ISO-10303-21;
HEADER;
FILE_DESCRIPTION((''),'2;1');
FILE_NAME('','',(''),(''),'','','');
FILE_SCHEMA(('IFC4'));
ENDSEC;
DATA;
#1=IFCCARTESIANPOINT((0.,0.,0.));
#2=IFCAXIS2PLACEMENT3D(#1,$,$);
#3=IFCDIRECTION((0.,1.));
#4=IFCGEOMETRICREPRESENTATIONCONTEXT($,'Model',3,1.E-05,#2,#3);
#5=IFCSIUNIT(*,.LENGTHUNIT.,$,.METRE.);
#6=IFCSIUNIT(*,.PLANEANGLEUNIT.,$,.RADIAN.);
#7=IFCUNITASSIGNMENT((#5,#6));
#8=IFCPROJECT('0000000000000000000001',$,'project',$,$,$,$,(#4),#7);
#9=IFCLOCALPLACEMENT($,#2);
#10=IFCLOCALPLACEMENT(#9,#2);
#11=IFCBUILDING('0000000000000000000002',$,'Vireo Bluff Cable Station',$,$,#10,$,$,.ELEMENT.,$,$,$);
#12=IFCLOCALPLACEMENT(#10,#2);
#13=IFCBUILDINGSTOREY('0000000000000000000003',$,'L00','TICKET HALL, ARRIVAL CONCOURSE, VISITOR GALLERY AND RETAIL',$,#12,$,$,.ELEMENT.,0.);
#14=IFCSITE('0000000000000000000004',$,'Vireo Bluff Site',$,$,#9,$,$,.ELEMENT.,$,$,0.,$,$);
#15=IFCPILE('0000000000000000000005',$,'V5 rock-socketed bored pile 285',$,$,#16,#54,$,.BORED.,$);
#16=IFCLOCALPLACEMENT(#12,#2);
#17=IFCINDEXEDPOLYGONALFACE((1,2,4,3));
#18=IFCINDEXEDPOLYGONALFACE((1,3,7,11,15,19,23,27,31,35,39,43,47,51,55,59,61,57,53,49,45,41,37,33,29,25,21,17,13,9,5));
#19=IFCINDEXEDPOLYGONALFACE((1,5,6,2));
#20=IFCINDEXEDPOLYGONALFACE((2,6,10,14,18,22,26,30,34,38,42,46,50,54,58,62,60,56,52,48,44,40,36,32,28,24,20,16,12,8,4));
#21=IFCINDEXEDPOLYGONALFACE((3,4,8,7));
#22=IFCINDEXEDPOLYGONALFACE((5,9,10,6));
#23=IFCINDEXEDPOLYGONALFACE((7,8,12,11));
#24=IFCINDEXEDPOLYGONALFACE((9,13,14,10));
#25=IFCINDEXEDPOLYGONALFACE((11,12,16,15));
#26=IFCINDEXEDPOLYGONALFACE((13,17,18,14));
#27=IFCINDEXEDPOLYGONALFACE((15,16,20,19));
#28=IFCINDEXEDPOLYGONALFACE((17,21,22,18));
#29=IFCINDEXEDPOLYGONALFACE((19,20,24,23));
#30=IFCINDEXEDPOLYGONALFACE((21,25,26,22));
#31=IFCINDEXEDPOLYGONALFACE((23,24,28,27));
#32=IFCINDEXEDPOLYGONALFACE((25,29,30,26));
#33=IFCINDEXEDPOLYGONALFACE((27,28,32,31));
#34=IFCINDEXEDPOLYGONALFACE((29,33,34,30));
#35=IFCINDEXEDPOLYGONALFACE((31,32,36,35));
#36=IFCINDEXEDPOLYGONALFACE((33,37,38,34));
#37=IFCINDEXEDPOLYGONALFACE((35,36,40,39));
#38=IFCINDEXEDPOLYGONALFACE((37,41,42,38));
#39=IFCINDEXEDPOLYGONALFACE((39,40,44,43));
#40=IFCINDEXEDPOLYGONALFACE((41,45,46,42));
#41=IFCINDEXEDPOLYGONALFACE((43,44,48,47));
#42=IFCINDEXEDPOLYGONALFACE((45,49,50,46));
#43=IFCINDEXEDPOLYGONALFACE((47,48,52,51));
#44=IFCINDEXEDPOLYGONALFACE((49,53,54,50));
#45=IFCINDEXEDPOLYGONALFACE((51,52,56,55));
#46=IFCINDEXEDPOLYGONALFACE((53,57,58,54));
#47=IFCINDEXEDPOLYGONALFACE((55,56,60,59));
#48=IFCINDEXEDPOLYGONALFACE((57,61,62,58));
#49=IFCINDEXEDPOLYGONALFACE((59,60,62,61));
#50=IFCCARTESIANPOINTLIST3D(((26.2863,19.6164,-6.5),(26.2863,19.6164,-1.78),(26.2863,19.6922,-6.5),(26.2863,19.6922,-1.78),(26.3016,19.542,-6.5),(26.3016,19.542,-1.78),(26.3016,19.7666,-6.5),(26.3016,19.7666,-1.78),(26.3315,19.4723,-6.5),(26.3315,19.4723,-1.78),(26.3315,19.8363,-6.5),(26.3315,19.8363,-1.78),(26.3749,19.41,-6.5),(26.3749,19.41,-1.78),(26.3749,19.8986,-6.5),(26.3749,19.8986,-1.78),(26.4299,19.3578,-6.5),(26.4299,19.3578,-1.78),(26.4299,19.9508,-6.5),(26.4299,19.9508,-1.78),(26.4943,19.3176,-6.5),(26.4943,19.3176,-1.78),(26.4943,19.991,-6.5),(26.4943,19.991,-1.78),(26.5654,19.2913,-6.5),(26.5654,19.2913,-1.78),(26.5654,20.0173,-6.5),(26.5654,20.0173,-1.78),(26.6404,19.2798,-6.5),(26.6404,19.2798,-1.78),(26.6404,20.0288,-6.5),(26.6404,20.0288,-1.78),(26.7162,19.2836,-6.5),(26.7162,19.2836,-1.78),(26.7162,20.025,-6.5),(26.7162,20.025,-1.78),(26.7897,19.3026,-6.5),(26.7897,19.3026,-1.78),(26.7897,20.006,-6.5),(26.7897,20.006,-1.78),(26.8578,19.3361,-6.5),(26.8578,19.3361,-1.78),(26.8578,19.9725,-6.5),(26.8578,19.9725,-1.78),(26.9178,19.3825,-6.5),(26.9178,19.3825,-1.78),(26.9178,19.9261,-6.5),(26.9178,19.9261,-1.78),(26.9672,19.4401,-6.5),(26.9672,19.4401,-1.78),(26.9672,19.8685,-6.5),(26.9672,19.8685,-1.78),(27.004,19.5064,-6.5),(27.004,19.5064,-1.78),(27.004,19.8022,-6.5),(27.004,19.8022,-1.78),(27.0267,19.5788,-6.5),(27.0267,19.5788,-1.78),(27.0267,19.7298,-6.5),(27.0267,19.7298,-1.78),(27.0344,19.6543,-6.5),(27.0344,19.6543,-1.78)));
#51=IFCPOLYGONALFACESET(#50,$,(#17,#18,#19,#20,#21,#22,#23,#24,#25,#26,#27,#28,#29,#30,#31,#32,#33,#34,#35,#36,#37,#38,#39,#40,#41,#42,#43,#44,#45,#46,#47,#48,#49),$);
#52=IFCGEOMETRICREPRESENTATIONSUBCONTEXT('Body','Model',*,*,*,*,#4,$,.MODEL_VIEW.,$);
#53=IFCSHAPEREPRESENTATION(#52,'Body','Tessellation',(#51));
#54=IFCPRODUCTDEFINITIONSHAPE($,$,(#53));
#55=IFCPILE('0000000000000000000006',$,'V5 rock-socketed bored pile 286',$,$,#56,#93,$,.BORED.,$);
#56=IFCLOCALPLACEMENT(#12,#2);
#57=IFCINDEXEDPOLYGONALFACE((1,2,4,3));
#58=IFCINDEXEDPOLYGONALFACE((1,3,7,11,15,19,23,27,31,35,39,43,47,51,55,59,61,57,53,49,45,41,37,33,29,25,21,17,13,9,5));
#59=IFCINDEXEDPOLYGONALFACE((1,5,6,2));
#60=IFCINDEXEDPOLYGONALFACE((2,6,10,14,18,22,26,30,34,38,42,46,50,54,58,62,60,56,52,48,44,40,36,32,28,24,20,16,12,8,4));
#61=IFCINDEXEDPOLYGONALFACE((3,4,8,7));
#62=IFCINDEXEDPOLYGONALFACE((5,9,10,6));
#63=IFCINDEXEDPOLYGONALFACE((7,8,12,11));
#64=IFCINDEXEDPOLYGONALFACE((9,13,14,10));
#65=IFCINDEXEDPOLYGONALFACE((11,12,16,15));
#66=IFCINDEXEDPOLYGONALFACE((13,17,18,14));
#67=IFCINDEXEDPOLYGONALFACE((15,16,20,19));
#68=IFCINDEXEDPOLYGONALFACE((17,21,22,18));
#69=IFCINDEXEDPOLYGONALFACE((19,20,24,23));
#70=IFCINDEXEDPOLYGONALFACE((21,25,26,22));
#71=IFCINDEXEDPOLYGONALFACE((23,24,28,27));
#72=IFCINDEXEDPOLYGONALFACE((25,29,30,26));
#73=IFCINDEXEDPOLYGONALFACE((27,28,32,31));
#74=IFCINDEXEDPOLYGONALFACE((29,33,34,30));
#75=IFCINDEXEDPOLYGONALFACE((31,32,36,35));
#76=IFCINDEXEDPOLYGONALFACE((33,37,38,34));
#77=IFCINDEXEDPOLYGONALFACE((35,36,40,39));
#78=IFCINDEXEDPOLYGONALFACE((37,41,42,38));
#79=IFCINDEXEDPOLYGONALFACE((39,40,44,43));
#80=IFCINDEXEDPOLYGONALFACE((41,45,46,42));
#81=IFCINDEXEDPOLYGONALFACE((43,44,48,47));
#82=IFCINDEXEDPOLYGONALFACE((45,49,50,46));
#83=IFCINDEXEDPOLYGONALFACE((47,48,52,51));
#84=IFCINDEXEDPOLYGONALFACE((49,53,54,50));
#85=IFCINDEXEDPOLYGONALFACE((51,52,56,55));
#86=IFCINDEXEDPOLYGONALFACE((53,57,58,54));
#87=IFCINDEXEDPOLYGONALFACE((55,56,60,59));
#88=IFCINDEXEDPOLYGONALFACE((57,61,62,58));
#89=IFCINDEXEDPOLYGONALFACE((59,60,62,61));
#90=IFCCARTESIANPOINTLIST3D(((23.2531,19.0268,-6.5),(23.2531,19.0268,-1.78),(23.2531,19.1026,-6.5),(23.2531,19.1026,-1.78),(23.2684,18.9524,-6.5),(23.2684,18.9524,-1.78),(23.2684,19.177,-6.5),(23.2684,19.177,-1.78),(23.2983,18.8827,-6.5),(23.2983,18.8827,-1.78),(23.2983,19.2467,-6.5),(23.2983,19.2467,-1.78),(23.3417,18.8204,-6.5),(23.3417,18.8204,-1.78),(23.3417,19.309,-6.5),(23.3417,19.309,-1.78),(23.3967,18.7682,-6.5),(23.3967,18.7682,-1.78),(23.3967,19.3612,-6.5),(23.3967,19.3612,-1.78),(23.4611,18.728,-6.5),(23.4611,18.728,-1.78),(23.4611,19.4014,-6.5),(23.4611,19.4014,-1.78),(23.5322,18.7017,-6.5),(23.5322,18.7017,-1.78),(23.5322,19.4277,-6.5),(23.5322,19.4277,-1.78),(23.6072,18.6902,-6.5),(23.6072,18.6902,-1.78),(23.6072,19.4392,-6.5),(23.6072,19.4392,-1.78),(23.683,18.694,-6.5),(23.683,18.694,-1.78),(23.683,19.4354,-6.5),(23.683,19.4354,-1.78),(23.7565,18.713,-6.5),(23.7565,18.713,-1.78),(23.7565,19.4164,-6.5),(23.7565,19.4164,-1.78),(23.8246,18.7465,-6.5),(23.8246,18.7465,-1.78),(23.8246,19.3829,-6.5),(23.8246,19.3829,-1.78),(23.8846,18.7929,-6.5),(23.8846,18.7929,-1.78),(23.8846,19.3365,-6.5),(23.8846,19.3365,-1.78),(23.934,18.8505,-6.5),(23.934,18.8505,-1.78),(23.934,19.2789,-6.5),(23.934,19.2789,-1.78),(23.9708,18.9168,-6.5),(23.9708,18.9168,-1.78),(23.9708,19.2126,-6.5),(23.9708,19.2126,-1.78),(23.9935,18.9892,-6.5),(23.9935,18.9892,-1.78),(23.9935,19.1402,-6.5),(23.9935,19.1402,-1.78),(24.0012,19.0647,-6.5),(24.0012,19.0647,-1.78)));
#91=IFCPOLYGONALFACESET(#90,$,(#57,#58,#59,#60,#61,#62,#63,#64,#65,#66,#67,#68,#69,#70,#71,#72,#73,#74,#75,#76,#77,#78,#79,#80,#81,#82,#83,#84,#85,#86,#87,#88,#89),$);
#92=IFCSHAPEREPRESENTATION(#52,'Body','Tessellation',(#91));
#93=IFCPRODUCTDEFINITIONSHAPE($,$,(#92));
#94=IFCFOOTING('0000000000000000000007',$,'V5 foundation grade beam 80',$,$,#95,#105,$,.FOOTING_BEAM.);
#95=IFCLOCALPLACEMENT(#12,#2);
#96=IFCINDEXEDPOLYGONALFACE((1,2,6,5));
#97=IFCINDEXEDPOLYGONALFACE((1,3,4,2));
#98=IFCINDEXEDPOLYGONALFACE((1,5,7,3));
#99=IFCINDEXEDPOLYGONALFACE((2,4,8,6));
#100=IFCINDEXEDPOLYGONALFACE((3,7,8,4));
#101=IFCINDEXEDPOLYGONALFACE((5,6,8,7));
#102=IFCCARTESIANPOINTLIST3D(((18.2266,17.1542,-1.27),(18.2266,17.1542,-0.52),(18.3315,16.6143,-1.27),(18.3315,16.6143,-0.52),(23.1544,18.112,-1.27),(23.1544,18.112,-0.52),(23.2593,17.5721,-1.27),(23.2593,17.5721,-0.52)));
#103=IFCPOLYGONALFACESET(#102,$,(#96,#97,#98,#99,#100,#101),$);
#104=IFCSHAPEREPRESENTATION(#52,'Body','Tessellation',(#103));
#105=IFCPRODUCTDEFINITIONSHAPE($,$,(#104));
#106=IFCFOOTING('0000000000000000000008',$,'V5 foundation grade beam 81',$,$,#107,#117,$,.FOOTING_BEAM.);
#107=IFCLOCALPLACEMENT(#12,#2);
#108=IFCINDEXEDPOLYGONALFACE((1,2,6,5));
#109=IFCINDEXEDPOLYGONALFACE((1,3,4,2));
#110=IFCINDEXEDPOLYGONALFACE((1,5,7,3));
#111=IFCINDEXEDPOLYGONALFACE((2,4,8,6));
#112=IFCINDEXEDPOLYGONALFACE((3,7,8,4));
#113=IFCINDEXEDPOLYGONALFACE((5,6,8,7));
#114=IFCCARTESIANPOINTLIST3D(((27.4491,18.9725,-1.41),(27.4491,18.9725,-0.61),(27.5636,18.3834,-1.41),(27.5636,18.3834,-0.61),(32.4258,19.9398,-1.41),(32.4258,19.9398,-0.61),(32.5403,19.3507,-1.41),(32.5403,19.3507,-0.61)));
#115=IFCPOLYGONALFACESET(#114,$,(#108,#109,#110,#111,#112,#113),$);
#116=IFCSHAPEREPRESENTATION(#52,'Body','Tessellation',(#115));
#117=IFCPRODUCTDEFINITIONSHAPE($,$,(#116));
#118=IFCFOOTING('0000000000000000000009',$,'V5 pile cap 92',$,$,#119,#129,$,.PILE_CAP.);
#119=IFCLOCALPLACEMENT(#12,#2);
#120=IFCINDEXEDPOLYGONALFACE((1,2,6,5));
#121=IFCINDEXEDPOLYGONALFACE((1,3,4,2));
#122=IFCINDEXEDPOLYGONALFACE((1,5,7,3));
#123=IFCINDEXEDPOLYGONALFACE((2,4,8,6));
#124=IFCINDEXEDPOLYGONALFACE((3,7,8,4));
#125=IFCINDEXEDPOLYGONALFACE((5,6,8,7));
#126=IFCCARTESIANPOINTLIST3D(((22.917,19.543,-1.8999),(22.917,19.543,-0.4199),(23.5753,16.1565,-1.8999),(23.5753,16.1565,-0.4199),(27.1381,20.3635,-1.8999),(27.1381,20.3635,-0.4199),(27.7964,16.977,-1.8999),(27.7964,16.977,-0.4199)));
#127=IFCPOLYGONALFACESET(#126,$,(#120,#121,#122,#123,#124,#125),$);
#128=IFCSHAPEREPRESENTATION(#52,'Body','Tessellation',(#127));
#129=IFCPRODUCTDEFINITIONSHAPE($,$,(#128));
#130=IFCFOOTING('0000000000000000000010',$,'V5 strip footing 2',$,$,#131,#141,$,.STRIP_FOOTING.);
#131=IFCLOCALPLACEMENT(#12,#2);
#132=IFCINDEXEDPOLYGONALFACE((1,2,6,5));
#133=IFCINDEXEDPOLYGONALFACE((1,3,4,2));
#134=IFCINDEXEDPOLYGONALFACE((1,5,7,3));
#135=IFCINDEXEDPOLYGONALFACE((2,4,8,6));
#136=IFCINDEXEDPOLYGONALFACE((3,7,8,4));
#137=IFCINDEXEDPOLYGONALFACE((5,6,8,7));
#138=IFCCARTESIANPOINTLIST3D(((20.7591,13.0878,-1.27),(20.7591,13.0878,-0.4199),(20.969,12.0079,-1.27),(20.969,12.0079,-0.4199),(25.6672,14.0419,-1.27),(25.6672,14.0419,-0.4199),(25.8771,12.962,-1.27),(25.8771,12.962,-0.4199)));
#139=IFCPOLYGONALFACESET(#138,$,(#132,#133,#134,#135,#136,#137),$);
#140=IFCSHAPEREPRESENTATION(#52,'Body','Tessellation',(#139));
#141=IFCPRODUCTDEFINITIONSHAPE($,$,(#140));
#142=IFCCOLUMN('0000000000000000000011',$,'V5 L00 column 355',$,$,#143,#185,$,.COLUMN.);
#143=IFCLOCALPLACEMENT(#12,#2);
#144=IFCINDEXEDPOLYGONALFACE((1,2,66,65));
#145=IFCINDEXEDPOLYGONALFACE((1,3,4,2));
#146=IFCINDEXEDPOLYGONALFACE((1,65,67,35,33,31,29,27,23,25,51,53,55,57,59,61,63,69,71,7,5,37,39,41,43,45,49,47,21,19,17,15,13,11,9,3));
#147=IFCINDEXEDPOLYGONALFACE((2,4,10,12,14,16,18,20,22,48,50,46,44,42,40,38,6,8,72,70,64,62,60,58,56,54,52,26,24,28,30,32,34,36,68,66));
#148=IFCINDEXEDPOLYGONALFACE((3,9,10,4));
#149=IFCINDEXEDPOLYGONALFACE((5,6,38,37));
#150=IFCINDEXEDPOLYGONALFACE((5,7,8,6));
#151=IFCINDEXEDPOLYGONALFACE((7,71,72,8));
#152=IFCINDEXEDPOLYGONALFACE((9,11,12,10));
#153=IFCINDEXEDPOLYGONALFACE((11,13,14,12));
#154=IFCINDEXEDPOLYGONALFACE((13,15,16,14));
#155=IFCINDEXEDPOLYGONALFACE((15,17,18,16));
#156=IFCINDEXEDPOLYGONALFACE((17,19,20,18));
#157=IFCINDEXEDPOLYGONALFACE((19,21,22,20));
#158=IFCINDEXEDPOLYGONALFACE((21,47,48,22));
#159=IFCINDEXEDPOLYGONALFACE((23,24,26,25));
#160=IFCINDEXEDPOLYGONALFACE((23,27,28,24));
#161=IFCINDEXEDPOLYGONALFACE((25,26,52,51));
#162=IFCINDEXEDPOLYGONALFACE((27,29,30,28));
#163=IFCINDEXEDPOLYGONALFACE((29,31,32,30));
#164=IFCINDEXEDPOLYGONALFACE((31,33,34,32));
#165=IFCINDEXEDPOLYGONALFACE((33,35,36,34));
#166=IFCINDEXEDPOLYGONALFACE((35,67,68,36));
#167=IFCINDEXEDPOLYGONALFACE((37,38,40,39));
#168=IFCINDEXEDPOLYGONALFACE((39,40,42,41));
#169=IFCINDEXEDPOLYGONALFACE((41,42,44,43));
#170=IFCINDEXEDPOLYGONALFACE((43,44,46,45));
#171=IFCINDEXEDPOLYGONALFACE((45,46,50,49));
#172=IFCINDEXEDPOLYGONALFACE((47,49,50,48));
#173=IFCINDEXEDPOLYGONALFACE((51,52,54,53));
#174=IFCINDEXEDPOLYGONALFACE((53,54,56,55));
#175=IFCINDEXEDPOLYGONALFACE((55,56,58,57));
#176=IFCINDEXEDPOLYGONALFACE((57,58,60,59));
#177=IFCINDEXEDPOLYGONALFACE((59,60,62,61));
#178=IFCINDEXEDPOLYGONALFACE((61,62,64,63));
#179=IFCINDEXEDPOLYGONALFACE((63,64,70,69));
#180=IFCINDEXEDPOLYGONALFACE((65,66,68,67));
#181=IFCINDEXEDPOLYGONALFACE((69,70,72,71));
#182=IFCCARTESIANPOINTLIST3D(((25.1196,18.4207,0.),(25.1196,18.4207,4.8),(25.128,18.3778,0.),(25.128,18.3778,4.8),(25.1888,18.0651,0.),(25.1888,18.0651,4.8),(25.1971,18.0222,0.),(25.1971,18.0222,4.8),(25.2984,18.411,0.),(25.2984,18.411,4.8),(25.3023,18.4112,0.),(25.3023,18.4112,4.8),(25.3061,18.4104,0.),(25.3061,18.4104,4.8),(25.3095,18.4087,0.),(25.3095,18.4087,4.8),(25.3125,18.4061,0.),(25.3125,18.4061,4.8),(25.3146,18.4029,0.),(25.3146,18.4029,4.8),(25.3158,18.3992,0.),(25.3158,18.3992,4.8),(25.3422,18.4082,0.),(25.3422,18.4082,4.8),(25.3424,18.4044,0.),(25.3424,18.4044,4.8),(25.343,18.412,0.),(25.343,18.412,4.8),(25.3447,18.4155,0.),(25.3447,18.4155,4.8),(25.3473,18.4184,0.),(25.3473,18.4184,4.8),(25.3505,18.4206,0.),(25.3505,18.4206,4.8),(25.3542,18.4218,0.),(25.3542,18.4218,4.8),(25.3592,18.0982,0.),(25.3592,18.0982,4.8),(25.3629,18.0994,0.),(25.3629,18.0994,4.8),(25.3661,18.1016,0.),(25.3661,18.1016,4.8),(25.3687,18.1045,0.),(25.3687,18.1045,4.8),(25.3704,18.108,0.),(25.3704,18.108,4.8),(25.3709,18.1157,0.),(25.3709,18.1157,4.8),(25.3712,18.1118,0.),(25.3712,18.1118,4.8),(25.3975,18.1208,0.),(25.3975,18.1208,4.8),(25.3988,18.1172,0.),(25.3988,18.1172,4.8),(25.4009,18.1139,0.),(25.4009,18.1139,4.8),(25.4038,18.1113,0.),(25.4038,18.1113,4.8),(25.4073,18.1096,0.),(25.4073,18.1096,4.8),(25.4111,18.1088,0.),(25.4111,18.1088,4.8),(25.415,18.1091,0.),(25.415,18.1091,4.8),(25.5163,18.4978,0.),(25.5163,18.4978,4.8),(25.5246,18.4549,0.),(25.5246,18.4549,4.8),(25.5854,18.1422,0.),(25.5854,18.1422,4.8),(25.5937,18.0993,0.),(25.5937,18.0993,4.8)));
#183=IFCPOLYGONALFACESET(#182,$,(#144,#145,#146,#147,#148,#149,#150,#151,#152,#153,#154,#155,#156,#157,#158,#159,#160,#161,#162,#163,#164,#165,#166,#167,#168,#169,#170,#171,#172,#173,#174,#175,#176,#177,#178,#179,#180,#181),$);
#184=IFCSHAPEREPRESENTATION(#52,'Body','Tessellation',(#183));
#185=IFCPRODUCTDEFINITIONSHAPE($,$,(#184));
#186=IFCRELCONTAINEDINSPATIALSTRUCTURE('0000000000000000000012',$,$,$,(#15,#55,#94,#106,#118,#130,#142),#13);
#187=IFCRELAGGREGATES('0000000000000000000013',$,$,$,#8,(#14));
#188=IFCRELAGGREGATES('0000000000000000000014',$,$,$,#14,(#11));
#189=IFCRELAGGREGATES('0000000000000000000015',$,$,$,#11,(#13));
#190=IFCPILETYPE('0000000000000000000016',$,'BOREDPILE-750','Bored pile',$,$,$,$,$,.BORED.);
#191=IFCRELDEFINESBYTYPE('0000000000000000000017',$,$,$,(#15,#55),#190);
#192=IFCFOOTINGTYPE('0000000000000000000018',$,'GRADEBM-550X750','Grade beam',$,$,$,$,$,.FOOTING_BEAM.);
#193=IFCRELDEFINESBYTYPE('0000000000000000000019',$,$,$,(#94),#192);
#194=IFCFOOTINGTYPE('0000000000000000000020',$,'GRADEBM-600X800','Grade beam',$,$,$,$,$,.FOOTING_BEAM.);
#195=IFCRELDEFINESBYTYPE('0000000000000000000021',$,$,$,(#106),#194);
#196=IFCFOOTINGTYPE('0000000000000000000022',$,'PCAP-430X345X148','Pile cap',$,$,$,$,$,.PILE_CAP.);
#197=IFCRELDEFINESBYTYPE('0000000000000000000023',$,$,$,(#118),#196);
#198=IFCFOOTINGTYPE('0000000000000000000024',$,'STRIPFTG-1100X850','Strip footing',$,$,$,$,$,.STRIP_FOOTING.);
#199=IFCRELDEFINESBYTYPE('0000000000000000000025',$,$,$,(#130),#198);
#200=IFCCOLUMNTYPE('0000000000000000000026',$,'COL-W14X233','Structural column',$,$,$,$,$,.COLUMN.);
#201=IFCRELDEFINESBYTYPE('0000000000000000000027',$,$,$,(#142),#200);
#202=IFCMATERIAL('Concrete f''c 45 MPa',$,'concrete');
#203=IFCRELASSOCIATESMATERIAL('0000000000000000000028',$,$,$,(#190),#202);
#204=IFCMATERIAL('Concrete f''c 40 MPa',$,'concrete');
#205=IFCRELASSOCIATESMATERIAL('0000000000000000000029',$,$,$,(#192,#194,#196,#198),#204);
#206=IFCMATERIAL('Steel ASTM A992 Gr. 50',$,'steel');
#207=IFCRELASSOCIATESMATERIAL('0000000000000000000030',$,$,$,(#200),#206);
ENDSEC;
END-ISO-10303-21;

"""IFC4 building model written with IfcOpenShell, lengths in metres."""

from ifc_helpers import new_model, si_unit, direction, frame, origin, origin_2d, place, context, subcontext, project, spatial, rectangle, circle, i_section, extrude, material, material_profile, profile_set, type_object, element, save


model = new_model("IFC4")

# Units and contexts
model_context = context("Model", 3, precision=1e-05, world=origin(), true_north=direction((0.0, 1.0)))
body_context = subcontext(model_context, "Body", "Model", "MODEL_VIEW")
ifc_project = project(units=[si_unit("LENGTHUNIT", "METRE"), si_unit("PLANEANGLEUNIT", "RADIAN")], contexts=[model_context])

# Site, building, storey
site_placement = place(None, origin())
site = spatial("IfcSite", under=ifc_project, at=site_placement, Name="Vireo Bluff Site", CompositionType="ELEMENT", RefElevation=0.0)
building_placement = place(site_placement, origin())
building = spatial("IfcBuilding", under=site, at=building_placement, Name="Vireo Bluff Cable Station", CompositionType="ELEMENT")
storey_placement = place(building_placement, origin())
storey = spatial("IfcBuildingStorey", under=building, at=storey_placement, Name="L00", Description="TICKET HALL, ARRIVAL CONCOURSE, VISITOR GALLERY AND RETAIL", CompositionType="ELEMENT", Elevation=0.0)

# Piles
ifc_material_1 = material(Name="Concrete f'c 45 MPa", Category="concrete")
ifc_material_profile_1 = material_profile(ifc_material_1, circle(Radius=0.375, at=origin_2d()), Name="BOREDPILE-750")
ifc_profile_set_1 = profile_set([ifc_material_profile_1], Name="Concrete f'c 45 MPa")
pile_type = type_object("IfcPileType", Name="BOREDPILE-750", Description="Bored pile", PredefinedType="BORED", material=ifc_profile_set_1)
for number, where, z_axis, x_axis, name in (
    (1, (26.6594, 19.6543, -1.78), (0.0, 0.0, -1.0), (1.0, 0.0, 0.0), "V5 rock-socketed bored pile 285"),
    (2, (23.6262, 19.0647, -1.78), (0.0, 0.0, -1.0), (1.0, 0.0, 0.0), "V5 rock-socketed bored pile 286"),
):
    element("IfcPile", number, at=place(storey_placement, frame(where, z_axis=z_axis, x_axis=x_axis)), inside=storey, type_object=pile_type, Name=name, PredefinedType="BORED", context=body_context, shape_type="SweptSolid", body=[
        extrude(circle(Radius=0.375, at=origin_2d()), origin(), (0.0, 0.0, 1.0), 4.72),
    ])

# Footings
ifc_material_2 = material(Name="Concrete f'c 40 MPa", Category="concrete")
ifc_material_profile_2 = material_profile(ifc_material_2, rectangle(XDim=0.55, YDim=0.75, at=origin_2d()), Name="GRADEBM-550X750")
ifc_profile_set_2 = profile_set([ifc_material_profile_2], Name="Concrete f'c 40 MPa")
footing_type_1 = type_object("IfcFootingType", Name="GRADEBM-550X750", Description="Grade beam", PredefinedType="FOOTING_BEAM", material=ifc_profile_set_2)
footing_1_placement = place(storey_placement, frame((18.2791, 16.8843, -0.895), z_axis=(0.981631, 0.190792, 0.0), x_axis=(-0.190792, 0.981631, 0.0)))
element("IfcFooting", 3, at=footing_1_placement, inside=storey, type_object=footing_type_1, Name="V5 foundation grade beam 80", PredefinedType="FOOTING_BEAM", context=body_context, shape_type="SweptSolid", body=[
    extrude(rectangle(XDim=0.55, YDim=0.75, at=origin_2d()), origin(), (0.0, 0.0, 1.0), 5.02),
])
ifc_material_profile_3 = material_profile(ifc_material_2, rectangle(XDim=0.6001, YDim=0.8, at=origin_2d()), Name="GRADEBM-600X800")
ifc_profile_set_3 = profile_set([ifc_material_profile_3], Name="Concrete f'c 40 MPa")
footing_type_2 = type_object("IfcFootingType", Name="GRADEBM-600X800", Description="Grade beam", PredefinedType="FOOTING_BEAM", material=ifc_profile_set_3)
footing_2_placement = place(storey_placement, frame((27.5063, 18.678, -1.01), z_axis=(0.981631, 0.190788, 0.0), x_axis=(-0.190788, 0.981631, 0.0)))
element("IfcFooting", 4, at=footing_2_placement, inside=storey, type_object=footing_type_2, Name="V5 foundation grade beam 81", PredefinedType="FOOTING_BEAM", context=body_context, shape_type="SweptSolid", body=[
    extrude(rectangle(XDim=0.6001, YDim=0.8, at=origin_2d()), origin(), (0.0, 0.0, 1.0), 5.0698),
])
footing_type_3 = type_object("IfcFootingType", Name="PCAP-430X345X148", Description="Pile cap", PredefinedType="PILE_CAP", material=ifc_material_2)
footing_3_placement = place(storey_placement, frame((25.3567, 18.26, -1.8999), z_axis=(0.0, 0.0, 1.0), x_axis=(0.981627, 0.190809, 0.0)))
element("IfcFooting", 5, at=footing_3_placement, inside=storey, type_object=footing_type_3, Name="V5 pile cap 92", PredefinedType="PILE_CAP", context=body_context, shape_type="SweptSolid", body=[
    extrude(rectangle(XDim=4.3, YDim=3.45, at=origin_2d()), origin(), (0.0, 0.0, 1.0), 1.48),
])
ifc_material_profile_4 = material_profile(ifc_material_2, rectangle(XDim=1.1001, YDim=0.8501, at=origin_2d()), Name="STRIPFTG-1100X850")
ifc_profile_set_4 = profile_set([ifc_material_profile_4], Name="Concrete f'c 40 MPa")
footing_type_4 = type_object("IfcFootingType", Name="STRIPFTG-1100X850", Description="Strip footing", PredefinedType="STRIP_FOOTING", material=ifc_profile_set_4)
footing_4_placement = place(storey_placement, frame((20.864, 12.5479, -0.845), z_axis=(0.981626, 0.190817, 0.0), x_axis=(-0.190817, 0.981626, 0.0)))
element("IfcFooting", 6, at=footing_4_placement, inside=storey, type_object=footing_type_4, Name="V5 strip footing 2", PredefinedType="STRIP_FOOTING", context=body_context, shape_type="SweptSolid", body=[
    extrude(rectangle(XDim=1.1001, YDim=0.8501, at=origin_2d()), origin(), (0.0, 0.0, 1.0), 5.0),
])

# Column
ifc_material_3 = material(Name="Steel ASTM A992 Gr. 50", Category="steel")
ifc_material_profile_5 = material_profile(ifc_material_3, i_section(OverallWidth=0.4041, OverallDepth=0.406, WebThickness=0.0271, FlangeThickness=0.0437, FilletRadius=0.0149, at=origin_2d()), Name="W14X233")
ifc_profile_set_5 = profile_set([ifc_material_profile_5], Name="Steel ASTM A992 Gr. 50")
column_type = type_object("IfcColumnType", Name="COL-W14X233", Description="Structural column", PredefinedType="COLUMN", material=ifc_profile_set_5)
column_placement = place(storey_placement, frame((25.3567, 18.26, 0.0), z_axis=(0.0, 0.0, 1.0), x_axis=(0.981627, 0.190809, 0.0)))
element("IfcColumn", 7, at=column_placement, inside=storey, type_object=column_type, Name="V5 L00 column 355", PredefinedType="COLUMN", context=body_context, shape_type="SweptSolid", body=[
    extrude(i_section(OverallWidth=0.4041, OverallDepth=0.406, WebThickness=0.0271, FlangeThickness=0.0437, FilletRadius=0.0149, at=origin_2d()), origin(), (0.0, 0.0, 1.0), 4.8),
])

save(model, "model.ifc")
